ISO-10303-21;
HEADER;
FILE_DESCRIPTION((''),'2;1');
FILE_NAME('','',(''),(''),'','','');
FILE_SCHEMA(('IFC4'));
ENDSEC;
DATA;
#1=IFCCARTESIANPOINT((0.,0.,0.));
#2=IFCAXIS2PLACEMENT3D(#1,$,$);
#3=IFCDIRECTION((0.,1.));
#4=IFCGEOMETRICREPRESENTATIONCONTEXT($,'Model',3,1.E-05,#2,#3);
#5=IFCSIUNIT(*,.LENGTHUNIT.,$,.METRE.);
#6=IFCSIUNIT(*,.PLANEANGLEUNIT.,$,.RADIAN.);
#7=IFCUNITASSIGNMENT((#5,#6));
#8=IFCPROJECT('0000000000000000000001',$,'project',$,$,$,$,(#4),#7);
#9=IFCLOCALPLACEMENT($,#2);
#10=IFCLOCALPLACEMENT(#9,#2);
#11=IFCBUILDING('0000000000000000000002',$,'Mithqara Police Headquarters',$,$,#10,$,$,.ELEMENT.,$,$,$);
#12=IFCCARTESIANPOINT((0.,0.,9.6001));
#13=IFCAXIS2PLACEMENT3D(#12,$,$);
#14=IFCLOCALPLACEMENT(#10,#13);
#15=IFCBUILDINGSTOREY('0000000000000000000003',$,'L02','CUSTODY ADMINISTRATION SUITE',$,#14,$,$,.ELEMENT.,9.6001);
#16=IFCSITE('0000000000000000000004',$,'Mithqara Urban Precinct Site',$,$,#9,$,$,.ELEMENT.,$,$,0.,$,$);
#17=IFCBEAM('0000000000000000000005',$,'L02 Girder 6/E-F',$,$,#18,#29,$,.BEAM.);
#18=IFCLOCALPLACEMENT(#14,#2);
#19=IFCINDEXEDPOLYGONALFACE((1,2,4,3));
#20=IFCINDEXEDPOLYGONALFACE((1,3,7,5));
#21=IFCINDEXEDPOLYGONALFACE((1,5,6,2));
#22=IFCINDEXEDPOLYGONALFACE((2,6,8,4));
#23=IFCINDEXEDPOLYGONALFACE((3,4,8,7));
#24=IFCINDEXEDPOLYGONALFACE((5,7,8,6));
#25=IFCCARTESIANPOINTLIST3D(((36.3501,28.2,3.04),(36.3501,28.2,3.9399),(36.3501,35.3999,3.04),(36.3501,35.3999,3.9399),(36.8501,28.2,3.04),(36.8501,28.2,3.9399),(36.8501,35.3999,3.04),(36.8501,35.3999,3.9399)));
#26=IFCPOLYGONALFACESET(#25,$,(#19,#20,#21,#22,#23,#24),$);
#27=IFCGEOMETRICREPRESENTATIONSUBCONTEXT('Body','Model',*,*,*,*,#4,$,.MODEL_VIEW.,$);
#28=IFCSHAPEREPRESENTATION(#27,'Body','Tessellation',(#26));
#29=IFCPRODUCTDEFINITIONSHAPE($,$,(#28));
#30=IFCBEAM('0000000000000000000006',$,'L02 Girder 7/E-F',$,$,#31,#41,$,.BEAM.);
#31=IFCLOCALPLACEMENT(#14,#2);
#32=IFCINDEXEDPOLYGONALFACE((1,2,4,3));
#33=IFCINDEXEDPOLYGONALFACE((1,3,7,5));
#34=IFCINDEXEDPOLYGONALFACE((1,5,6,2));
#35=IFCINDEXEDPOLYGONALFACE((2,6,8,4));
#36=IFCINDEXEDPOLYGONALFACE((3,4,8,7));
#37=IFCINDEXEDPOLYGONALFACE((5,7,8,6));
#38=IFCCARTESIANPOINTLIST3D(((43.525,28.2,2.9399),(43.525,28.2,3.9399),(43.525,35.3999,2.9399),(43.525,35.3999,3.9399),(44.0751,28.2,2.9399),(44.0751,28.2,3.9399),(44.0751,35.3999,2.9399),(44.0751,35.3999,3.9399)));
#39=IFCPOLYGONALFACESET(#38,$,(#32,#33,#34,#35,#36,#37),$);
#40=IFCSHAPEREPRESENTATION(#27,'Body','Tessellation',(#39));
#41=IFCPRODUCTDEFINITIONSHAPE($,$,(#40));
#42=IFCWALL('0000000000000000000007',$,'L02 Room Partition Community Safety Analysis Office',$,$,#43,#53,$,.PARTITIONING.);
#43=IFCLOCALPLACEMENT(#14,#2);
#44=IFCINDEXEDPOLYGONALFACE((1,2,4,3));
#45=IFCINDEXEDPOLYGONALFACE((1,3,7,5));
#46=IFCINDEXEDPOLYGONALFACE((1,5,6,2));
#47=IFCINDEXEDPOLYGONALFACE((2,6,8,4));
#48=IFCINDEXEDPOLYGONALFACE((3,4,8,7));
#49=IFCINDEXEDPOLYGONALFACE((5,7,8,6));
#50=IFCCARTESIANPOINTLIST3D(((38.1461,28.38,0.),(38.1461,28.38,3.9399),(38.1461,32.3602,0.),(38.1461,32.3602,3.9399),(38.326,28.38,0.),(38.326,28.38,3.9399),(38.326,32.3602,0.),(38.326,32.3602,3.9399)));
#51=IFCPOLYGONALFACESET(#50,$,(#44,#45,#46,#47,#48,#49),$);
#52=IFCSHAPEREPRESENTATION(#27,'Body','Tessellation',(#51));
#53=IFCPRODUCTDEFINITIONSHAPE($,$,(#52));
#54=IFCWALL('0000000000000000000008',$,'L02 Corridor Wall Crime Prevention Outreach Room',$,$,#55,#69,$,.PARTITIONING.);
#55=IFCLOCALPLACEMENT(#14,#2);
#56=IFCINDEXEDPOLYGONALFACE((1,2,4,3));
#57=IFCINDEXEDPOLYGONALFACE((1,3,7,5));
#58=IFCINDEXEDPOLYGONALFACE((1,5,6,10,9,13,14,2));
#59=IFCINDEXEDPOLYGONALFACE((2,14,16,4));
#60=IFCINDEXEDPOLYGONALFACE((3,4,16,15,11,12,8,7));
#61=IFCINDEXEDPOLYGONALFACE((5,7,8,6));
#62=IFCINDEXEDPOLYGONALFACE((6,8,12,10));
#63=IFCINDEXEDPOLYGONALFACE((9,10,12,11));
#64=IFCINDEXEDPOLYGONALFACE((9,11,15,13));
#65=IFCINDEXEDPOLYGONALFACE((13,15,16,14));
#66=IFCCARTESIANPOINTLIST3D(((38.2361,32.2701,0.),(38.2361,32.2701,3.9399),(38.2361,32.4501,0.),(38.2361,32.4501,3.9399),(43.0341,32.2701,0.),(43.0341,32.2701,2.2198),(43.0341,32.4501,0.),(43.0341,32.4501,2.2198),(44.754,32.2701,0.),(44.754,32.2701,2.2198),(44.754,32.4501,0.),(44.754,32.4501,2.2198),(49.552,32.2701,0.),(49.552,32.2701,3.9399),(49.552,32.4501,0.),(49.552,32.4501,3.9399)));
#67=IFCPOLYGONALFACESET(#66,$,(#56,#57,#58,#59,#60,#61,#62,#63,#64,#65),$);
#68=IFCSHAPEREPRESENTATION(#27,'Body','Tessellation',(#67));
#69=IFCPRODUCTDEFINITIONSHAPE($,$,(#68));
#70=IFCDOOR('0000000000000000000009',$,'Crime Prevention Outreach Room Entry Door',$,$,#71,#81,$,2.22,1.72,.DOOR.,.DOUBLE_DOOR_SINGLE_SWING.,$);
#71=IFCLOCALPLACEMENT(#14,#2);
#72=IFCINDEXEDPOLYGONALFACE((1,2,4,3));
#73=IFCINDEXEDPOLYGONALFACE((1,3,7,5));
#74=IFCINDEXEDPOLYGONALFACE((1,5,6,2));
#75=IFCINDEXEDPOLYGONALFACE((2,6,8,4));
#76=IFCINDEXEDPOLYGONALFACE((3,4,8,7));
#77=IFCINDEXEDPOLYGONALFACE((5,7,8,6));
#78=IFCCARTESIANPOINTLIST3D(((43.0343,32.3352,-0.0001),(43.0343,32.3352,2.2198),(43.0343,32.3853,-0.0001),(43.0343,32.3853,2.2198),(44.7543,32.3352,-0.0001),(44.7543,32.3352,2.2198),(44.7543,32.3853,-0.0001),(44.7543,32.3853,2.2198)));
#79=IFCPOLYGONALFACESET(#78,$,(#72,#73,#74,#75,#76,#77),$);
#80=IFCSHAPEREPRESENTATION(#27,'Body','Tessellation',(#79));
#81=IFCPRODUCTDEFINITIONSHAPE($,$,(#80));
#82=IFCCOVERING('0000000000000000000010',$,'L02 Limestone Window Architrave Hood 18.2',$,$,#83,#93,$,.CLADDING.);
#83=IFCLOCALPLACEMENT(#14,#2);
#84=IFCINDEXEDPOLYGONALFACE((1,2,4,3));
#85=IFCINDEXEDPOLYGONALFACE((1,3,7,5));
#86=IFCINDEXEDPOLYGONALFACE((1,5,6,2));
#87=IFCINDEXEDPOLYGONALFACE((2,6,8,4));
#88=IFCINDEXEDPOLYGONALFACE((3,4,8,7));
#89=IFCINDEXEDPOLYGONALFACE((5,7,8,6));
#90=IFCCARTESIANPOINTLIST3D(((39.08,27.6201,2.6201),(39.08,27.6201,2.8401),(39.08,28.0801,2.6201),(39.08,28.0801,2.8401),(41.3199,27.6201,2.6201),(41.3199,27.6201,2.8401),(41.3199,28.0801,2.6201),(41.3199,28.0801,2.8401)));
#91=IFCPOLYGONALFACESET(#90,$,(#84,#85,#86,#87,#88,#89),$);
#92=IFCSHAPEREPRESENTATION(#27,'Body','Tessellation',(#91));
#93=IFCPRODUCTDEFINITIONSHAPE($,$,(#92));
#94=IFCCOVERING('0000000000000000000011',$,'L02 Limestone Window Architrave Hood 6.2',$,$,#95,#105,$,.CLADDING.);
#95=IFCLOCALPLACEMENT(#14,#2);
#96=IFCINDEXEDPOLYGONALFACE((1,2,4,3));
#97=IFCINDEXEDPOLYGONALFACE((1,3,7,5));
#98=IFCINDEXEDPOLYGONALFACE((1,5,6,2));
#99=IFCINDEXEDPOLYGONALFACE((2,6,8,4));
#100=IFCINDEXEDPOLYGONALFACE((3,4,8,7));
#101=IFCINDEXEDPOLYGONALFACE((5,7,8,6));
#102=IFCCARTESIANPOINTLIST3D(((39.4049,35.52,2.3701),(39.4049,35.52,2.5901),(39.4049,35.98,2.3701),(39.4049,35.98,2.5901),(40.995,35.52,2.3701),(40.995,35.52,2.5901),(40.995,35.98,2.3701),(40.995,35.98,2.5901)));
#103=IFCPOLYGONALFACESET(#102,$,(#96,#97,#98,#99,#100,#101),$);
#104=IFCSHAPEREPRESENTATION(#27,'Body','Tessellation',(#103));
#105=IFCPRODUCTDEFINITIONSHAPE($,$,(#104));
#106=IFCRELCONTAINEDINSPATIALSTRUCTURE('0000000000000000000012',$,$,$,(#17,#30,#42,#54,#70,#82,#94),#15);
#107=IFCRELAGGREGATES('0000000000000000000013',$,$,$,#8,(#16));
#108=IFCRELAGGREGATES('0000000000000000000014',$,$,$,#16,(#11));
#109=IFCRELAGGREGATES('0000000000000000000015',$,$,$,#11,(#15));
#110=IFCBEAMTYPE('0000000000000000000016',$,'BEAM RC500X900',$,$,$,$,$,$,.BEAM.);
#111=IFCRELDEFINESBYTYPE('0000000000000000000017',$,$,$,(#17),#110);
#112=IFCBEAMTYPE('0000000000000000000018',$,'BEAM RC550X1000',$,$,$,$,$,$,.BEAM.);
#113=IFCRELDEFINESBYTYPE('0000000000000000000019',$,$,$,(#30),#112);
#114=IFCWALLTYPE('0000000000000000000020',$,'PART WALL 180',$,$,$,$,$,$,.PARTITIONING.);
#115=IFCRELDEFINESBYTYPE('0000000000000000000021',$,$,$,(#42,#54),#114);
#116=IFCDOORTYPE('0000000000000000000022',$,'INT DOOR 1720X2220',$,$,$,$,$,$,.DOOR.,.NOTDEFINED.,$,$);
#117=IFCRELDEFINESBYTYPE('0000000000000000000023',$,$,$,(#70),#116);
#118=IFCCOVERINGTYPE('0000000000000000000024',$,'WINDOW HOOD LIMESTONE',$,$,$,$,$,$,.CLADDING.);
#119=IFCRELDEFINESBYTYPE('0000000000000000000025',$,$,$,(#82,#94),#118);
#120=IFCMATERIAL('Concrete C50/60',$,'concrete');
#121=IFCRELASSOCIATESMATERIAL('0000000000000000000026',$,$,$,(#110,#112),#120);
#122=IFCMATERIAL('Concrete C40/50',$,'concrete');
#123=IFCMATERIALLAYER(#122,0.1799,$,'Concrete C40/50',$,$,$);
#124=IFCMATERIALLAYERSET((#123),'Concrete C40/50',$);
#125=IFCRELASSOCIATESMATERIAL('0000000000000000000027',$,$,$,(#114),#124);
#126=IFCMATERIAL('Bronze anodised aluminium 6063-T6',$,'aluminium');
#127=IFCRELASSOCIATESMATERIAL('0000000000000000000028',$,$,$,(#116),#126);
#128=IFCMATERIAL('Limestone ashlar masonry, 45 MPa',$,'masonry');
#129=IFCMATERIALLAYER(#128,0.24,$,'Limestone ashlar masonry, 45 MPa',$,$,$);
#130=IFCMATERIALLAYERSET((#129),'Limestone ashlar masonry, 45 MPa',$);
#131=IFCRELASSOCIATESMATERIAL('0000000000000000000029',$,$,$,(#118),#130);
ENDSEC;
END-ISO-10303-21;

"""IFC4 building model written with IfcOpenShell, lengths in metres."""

from ifc_helpers import new_model, si_unit, direction, frame, frame_2d, origin, origin_2d, place, context, subcontext, project, spatial, rectangle, extrude, material, layer, layer_set, material_profile, profile_set, type_object, element, fill, save


model = new_model("IFC4")

# Units and contexts
model_context = context("Model", 3, precision=1e-05, world=origin(), true_north=direction((0.0, 1.0)))
body_context = subcontext(model_context, "Body", "Model", "MODEL_VIEW")
ifc_project = project(units=[si_unit("LENGTHUNIT", "METRE"), si_unit("PLANEANGLEUNIT", "RADIAN")], contexts=[model_context])

# Site, building, storey
site_placement = place(None, origin())
site = spatial("IfcSite", under=ifc_project, at=site_placement, Name="Mithqara Urban Precinct Site", CompositionType="ELEMENT", RefElevation=0.0)
building_placement = place(site_placement, origin())
building = spatial("IfcBuilding", under=site, at=building_placement, Name="Mithqara Police Headquarters", CompositionType="ELEMENT")
storey_placement = place(building_placement, frame((0.0, 0.0, 9.6001)))
storey = spatial("IfcBuildingStorey", under=building, at=storey_placement, Name="L02", Description="CUSTODY ADMINISTRATION SUITE", CompositionType="ELEMENT", Elevation=9.6001)

# Shared definitions
ifc_material_1 = material(Name="Concrete C50/60", Category="concrete")

# Beams
ifc_material_2 = material(Name="Concrete C40/50", Category="concrete")
ifc_material_profile_1 = material_profile(ifc_material_1, rectangle(XDim=0.5, YDim=0.8999, at=origin_2d()), Name="RC 500x900")
ifc_profile_set_1 = profile_set([ifc_material_profile_1], Name="Concrete C50/60")
beam_type_1 = type_object("IfcBeamType", Name="BEAM RC500X900", PredefinedType="BEAM", material=ifc_profile_set_1)
beam_1_placement = place(storey_placement, frame((36.6001, 28.2, 3.49), z_axis=(0.0, 1.0, 0.0), x_axis=(-1.0, 0.0, 0.0)))
element("IfcBeam", 1, at=beam_1_placement, inside=storey, type_object=beam_type_1, Name="L02 Girder 6/E-F", PredefinedType="BEAM", context=body_context, shape_type="SweptSolid", body=[
    extrude(rectangle(XDim=0.5, YDim=0.8999, at=origin_2d()), origin(), (0.0, 0.0, 1.0), 7.2),
])
ifc_material_profile_2 = material_profile(ifc_material_1, rectangle(XDim=0.55, YDim=1.0, at=origin_2d()), Name="RC 550x1000")
ifc_profile_set_2 = profile_set([ifc_material_profile_2], Name="Concrete C50/60")
beam_type_2 = type_object("IfcBeamType", Name="BEAM RC550X1000", PredefinedType="BEAM", material=ifc_profile_set_2)
beam_2_placement = place(storey_placement, frame((43.8, 28.2, 3.4399), z_axis=(0.0, 1.0, 0.0), x_axis=(-1.0, 0.0, 0.0)))
element("IfcBeam", 2, at=beam_2_placement, inside=storey, type_object=beam_type_2, Name="L02 Girder 7/E-F", PredefinedType="BEAM", context=body_context, shape_type="SweptSolid", body=[
    extrude(rectangle(XDim=0.55, YDim=1.0, at=origin_2d()), origin(), (0.0, 0.0, 1.0), 7.2),
])

# Wall
ifc_layer_1 = layer(ifc_material_2, 0.1799, Name="Concrete C40/50")
ifc_layer_set_1 = layer_set([ifc_layer_1], Name="Concrete C40/50")
wall_type = type_object("IfcWallType", Name="PART WALL 180", PredefinedType="PARTITIONING", material=ifc_layer_set_1)
wall_1_placement = place(storey_placement, frame((38.2361, 28.3799, 0.0), z_axis=(0.0, 0.0, 1.0), x_axis=(0.0, 1.0, 0.0)))
element("IfcWall", 3, at=wall_1_placement, inside=storey, type_object=wall_type, Name="L02 Room Partition Community Safety Analysis Office", PredefinedType="PARTITIONING", context=body_context, shape_type="SweptSolid", body=[
    extrude(rectangle(XDim=3.9802, YDim=0.1799, at=frame_2d((1.9902, 0.0))), origin(), (0.0, 0.0, 1.0), 3.9399),
])

# Wall, opening, door
wall_2_placement = place(storey_placement, frame((38.2361, 32.3601, 0.0), z_axis=(0.0, 0.0, 1.0), x_axis=(1.0, 0.0, 0.0)))
wall_2 = element("IfcWall", 4, at=wall_2_placement, inside=storey, type_object=wall_type, Name="L02 Corridor Wall Crime Prevention Outreach Room", PredefinedType="PARTITIONING", context=body_context, shape_type="SweptSolid", body=[
    extrude(rectangle(XDim=11.3159, YDim=0.1799, at=frame_2d((5.658, 0.0))), origin(), (0.0, 0.0, 1.0), 3.9399),
])
opening_placement = place(wall_2_placement, frame((4.7981, 0.0, 0.0)))
opening = element("IfcOpeningElement", 5, at=opening_placement, cuts=wall_2, PredefinedType="OPENING", context=body_context, shape_type="SweptSolid", body=[
    extrude(rectangle(XDim=1.72, YDim=2.22, at=frame_2d((0.8599, 1.1099))), frame((0.0, 0.1001, 0.0), z_axis=(0.0, -1.0, 0.0), x_axis=(1.0, 0.0, 0.0)), (0.0, 0.0, 1.0), 0.2),
])
ifc_material_3 = material(Name="Bronze anodised aluminium 6063-T6", Category="aluminium")
door_type = type_object("IfcDoorType", Name="INT DOOR 1720X2220", OperationType="NOTDEFINED", PredefinedType="DOOR", material=ifc_material_3)
door_placement = place(opening_placement, frame((1.72, 0.0, 0.0), z_axis=(0.0, 0.0, 1.0), x_axis=(-1.0, 0.0, 0.0)))
door = element("IfcDoor", 6, at=door_placement, inside=storey, type_object=door_type, Name="Crime Prevention Outreach Room Entry Door", OperationType="DOUBLE_DOOR_SINGLE_SWING", OverallHeight=2.22, OverallWidth=1.72, PredefinedType="DOOR", context=body_context, shape_type="SweptSolid", body=[
    extrude(rectangle(XDim=1.72, YDim=2.22, at=frame_2d((0.8599, 1.1099))), frame((0.0, 0.0249, 0.0), z_axis=(0.0, -1.0, 0.0), x_axis=(1.0, 0.0, 0.0)), (0.0, 0.0, 1.0), 0.05),
])
fill(opening, door)

# Coverings
ifc_material_4 = material(Name="Limestone ashlar masonry, 45 MPa", Category="masonry")
ifc_layer_2 = layer(ifc_material_4, 0.24, Name="Limestone ashlar masonry, 45 MPa")
ifc_layer_set_2 = layer_set([ifc_layer_2], Name="Limestone ashlar masonry, 45 MPa")
covering_type = type_object("IfcCoveringType", Name="WINDOW HOOD LIMESTONE", PredefinedType="CLADDING", material=ifc_layer_set_2)
covering_1_placement = place(storey_placement, frame((40.2, 27.8501, 2.6201), z_axis=(0.0, 0.0, 1.0), x_axis=(1.0, 0.0, 0.0)))
element("IfcCovering", 7, at=covering_1_placement, inside=storey, type_object=covering_type, Name="L02 Limestone Window Architrave Hood 18.2", PredefinedType="CLADDING", context=body_context, shape_type="SweptSolid", body=[
    extrude(rectangle(XDim=2.24, YDim=0.46, at=origin_2d()), origin(), (0.0, 0.0, 1.0), 0.22),
])
covering_2_placement = place(storey_placement, frame((40.2, 35.75, 2.3701), z_axis=(0.0, 0.0, 1.0), x_axis=(1.0, 0.0, 0.0)))
element("IfcCovering", 8, at=covering_2_placement, inside=storey, type_object=covering_type, Name="L02 Limestone Window Architrave Hood 6.2", PredefinedType="CLADDING", context=body_context, shape_type="SweptSolid", body=[
    extrude(rectangle(XDim=1.5901, YDim=0.46, at=origin_2d()), origin(), (0.0, 0.0, 1.0), 0.22),
])

save(model, "model.ifc")
